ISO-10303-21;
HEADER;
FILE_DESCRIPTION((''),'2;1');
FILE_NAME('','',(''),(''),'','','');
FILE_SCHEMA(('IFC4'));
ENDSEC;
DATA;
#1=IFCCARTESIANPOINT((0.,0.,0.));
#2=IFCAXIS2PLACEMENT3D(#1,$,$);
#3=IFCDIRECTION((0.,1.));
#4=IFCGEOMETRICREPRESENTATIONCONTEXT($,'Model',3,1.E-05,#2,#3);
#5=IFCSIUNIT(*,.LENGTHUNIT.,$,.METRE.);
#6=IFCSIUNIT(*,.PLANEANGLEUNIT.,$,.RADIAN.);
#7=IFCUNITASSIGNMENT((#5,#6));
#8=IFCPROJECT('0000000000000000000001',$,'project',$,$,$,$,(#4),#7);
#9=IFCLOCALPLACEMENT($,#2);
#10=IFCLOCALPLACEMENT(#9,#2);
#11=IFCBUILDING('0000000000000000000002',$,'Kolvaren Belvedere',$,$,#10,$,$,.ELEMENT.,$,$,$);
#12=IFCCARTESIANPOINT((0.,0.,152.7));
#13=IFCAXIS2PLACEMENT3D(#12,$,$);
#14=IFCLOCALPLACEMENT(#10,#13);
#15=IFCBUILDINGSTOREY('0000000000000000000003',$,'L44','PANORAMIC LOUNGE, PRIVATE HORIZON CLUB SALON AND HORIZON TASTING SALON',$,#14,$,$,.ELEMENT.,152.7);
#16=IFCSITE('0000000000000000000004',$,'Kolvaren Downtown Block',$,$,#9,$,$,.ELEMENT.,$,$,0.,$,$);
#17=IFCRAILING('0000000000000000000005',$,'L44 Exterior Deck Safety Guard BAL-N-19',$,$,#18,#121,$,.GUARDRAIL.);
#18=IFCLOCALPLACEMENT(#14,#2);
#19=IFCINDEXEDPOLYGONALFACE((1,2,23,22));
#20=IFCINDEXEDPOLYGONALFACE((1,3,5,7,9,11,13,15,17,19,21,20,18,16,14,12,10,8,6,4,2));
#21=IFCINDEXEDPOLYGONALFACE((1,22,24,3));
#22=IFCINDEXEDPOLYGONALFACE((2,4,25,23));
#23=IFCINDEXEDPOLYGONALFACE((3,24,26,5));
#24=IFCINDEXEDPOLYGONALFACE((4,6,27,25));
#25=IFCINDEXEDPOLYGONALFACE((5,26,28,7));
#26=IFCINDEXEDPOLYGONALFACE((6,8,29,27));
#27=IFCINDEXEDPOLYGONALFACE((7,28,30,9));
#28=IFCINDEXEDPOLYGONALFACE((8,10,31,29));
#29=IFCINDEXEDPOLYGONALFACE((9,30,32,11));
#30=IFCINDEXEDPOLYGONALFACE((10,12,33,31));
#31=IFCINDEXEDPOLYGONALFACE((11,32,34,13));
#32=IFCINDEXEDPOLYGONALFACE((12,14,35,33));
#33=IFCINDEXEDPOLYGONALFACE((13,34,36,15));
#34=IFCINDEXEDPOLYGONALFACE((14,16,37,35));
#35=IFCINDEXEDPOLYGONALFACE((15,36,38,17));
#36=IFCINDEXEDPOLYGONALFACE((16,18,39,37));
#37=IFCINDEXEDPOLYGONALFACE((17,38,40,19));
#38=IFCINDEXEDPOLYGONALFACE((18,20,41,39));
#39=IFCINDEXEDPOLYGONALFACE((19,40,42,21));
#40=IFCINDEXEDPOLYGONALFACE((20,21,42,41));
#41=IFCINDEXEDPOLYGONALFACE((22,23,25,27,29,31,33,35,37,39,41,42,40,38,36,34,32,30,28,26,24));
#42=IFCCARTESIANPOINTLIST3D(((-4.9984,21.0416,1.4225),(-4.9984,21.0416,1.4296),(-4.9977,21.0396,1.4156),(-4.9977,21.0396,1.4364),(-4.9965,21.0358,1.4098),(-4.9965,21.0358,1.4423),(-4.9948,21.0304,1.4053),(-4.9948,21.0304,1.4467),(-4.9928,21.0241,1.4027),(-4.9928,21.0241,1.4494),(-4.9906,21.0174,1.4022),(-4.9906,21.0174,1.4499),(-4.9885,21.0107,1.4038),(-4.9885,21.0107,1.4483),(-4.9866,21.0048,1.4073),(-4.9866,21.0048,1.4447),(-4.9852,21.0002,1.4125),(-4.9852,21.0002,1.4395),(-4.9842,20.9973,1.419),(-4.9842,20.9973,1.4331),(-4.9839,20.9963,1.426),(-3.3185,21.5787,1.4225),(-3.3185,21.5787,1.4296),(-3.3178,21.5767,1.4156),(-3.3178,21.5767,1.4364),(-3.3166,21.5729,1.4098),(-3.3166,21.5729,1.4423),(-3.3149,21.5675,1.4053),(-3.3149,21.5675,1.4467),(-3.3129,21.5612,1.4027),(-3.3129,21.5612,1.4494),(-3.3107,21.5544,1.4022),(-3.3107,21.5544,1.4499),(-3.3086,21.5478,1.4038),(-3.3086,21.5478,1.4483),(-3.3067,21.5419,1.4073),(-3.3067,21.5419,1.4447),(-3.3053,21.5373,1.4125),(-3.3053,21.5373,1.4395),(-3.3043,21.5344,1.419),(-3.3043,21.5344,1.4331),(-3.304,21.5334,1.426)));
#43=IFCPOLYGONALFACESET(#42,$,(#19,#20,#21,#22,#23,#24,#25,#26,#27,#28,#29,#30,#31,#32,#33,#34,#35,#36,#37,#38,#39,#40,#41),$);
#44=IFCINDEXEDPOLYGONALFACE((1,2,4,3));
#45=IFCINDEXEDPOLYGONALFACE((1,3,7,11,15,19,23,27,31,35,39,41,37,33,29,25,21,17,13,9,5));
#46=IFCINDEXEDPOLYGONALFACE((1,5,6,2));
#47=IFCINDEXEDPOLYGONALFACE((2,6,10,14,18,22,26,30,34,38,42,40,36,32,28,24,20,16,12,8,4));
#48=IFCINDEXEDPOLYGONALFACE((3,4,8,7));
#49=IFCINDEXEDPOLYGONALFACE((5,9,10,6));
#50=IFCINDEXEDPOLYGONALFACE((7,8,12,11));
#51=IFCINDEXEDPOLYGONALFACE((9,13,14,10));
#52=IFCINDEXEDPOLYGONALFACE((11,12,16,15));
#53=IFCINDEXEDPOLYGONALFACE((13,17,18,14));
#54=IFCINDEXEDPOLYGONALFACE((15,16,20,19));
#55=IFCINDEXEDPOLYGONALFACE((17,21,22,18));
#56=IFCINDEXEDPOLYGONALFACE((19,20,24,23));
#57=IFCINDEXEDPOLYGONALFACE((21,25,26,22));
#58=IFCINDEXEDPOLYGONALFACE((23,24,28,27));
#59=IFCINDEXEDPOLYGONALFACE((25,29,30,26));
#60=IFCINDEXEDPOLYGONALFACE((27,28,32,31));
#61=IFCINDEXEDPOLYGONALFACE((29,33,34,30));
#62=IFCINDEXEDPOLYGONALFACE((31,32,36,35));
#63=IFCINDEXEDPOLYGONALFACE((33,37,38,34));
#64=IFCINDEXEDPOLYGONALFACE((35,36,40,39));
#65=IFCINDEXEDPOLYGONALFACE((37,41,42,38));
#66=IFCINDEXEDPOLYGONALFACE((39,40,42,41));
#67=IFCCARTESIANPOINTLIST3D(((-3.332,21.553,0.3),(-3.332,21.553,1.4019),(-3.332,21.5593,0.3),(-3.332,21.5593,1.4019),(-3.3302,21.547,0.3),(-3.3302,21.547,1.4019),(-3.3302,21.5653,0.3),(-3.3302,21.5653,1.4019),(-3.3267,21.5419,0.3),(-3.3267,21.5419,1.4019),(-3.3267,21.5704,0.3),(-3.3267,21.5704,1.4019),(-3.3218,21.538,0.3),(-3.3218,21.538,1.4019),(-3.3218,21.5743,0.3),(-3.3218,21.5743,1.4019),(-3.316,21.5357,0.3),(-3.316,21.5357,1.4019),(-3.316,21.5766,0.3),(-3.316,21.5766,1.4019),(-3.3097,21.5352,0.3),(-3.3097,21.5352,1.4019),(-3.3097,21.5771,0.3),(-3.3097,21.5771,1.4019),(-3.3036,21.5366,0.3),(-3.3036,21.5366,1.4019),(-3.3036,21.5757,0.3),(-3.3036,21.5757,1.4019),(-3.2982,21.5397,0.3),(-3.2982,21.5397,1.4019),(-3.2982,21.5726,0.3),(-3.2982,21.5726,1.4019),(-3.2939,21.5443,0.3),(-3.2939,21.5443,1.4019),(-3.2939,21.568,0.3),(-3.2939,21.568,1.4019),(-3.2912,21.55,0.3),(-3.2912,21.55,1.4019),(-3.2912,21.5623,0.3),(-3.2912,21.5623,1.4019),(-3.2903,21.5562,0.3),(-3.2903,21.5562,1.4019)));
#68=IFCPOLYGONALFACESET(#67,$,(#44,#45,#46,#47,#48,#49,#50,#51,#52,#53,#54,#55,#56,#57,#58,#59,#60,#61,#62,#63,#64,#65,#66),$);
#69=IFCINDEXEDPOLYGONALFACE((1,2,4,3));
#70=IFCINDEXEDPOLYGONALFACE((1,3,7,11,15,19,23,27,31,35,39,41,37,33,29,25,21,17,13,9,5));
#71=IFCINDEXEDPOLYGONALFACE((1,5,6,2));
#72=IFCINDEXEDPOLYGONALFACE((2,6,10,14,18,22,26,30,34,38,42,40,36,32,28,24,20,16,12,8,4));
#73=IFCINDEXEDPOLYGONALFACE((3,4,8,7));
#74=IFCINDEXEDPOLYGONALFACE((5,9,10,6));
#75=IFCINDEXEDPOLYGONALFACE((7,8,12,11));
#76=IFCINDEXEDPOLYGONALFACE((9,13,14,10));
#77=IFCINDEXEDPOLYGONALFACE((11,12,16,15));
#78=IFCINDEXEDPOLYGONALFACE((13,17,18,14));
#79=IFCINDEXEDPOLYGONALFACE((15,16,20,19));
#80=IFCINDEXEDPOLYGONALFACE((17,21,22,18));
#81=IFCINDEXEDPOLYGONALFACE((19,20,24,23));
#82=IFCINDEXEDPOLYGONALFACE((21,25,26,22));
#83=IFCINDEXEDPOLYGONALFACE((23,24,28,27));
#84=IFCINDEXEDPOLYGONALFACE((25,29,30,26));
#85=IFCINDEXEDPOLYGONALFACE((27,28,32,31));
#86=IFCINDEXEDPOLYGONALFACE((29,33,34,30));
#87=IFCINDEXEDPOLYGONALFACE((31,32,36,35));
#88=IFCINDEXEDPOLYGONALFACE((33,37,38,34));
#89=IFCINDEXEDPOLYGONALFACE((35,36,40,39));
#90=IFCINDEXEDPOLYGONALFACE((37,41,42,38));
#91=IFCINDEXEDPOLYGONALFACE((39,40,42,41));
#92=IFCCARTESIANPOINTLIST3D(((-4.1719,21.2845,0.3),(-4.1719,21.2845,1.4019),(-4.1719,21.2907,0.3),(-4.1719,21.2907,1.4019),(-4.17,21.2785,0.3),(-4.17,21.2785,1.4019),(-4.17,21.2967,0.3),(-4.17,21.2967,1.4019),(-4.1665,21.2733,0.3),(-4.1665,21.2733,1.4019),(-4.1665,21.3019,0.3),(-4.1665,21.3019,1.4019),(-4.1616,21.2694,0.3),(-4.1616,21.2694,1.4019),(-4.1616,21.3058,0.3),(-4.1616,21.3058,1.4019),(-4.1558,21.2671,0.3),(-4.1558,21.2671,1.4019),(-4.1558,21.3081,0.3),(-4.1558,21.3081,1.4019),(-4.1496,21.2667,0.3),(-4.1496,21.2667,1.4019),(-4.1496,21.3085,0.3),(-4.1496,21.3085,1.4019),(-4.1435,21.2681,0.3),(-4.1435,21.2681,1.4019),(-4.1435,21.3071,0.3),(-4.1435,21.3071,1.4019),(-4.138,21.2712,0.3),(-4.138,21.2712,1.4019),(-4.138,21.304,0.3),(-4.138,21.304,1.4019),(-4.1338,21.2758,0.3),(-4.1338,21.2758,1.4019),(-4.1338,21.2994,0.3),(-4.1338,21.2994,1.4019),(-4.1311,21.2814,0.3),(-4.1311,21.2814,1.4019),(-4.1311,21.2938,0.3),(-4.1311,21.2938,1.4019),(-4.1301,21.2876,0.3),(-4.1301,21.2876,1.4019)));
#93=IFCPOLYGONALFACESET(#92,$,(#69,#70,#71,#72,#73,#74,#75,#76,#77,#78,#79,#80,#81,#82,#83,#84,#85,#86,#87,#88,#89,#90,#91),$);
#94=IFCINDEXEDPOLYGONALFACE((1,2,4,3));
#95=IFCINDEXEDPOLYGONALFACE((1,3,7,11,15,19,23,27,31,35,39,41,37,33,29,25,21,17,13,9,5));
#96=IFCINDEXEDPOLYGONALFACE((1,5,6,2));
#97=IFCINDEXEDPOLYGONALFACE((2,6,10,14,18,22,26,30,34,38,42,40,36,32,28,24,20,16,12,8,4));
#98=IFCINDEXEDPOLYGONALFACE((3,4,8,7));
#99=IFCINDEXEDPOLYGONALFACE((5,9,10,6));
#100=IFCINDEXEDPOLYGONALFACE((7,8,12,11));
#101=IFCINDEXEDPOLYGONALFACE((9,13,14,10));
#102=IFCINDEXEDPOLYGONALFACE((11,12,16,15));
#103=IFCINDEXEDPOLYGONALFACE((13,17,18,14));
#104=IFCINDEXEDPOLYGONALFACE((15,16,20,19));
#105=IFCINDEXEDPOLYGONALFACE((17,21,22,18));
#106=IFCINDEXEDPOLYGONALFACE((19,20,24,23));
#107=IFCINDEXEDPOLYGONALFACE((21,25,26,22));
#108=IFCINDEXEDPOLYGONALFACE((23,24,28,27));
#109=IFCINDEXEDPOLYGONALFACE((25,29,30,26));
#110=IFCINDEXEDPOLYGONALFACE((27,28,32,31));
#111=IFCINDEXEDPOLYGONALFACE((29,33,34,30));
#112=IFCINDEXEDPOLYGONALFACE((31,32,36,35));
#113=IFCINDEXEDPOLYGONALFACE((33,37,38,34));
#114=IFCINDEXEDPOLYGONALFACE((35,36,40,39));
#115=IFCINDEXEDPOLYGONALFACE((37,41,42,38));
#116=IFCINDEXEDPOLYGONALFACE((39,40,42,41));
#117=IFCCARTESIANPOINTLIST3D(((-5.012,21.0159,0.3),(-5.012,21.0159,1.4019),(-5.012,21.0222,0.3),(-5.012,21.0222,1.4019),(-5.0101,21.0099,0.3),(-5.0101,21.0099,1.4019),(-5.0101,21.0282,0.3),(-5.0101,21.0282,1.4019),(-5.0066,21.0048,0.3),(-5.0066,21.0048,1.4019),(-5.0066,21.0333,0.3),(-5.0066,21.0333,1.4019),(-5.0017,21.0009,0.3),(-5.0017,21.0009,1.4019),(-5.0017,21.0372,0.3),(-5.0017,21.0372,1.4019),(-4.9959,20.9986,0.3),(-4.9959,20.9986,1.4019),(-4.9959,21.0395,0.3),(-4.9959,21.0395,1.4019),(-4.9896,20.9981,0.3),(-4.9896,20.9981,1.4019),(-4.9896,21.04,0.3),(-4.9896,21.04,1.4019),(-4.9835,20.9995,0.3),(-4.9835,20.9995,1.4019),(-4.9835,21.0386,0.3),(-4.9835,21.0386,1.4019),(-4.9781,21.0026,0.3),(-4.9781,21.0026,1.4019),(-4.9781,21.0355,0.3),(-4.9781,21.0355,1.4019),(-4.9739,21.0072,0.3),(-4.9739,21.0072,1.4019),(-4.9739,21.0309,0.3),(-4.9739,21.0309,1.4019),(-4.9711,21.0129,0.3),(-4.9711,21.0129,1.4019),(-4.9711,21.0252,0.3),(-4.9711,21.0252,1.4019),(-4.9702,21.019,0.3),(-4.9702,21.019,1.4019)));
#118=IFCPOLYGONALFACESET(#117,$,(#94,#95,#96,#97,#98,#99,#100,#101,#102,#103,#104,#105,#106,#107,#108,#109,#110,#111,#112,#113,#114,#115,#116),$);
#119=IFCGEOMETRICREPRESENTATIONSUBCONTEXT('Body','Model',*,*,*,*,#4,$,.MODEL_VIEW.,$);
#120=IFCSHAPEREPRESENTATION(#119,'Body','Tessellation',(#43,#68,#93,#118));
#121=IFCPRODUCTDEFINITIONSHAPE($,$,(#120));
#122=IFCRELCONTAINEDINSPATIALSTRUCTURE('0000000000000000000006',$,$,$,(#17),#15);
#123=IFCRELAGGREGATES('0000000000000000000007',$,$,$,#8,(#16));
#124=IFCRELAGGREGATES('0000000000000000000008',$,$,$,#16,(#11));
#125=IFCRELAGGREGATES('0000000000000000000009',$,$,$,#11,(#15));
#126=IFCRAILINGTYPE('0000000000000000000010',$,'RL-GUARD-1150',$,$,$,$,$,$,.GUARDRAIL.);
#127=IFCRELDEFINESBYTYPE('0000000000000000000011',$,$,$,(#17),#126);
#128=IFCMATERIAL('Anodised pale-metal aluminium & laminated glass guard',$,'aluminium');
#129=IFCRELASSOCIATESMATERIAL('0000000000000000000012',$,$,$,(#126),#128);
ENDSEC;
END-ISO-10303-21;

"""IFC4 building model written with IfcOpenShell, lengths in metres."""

from ifc_helpers import new_model, si_unit, direction, frame, origin, origin_2d, place, context, subcontext, project, spatial, circle, extrude, material, type_object, element, save


model = new_model("IFC4")

# Units and contexts
model_context = context("Model", 3, precision=1e-05, world=origin(), true_north=direction((0.0, 1.0)))
body_context = subcontext(model_context, "Body", "Model", "MODEL_VIEW")
ifc_project = project(units=[si_unit("LENGTHUNIT", "METRE"), si_unit("PLANEANGLEUNIT", "RADIAN")], contexts=[model_context])

# Site, building, storey
site_placement = place(None, origin())
site = spatial("IfcSite", under=ifc_project, at=site_placement, Name="Kolvaren Downtown Block", CompositionType="ELEMENT", RefElevation=0.0)
building_placement = place(site_placement, origin())
building = spatial("IfcBuilding", under=site, at=building_placement, Name="Kolvaren Belvedere", CompositionType="ELEMENT")
storey_placement = place(building_placement, frame((0.0, 0.0, 152.7)))
storey = spatial("IfcBuildingStorey", under=building, at=storey_placement, Name="L44", Description="PANORAMIC LOUNGE, PRIVATE HORIZON CLUB SALON AND HORIZON TASTING SALON", CompositionType="ELEMENT", Elevation=152.7)

# Railing
ifc_material_1 = material(Name="Anodised pale-metal aluminium & laminated glass guard", Category="aluminium")
railing_type = type_object("IfcRailingType", Name="RL-GUARD-1150", PredefinedType="GUARDRAIL", material=ifc_material_1)
railing_1_placement = place(storey_placement, frame((-3.3113, 21.5562, 0.3)))
element("IfcRailing", 1, at=railing_1_placement, inside=storey, type_object=railing_type, Name="L44 Exterior Deck Safety Guard BAL-N-19", PredefinedType="GUARDRAIL", context=body_context, shape_type="SweptSolid", body=[
    extrude(circle(Radius=0.0239, at=origin_2d()), frame((0.0, 0.0, 1.126), z_axis=(-0.952501, -0.304535, 0.0), x_axis=(0.304535, -0.952501, 0.0)), (0.0, 0.0, 1.0), 1.7637),
    extrude(circle(Radius=0.021, at=origin_2d()), origin(), (0.0, 0.0, 1.0), 1.1018),
    extrude(circle(Radius=0.021, at=origin_2d()), frame((-0.8398, -0.2686, 0.0)), (0.0, 0.0, 1.0), 1.1018),
    extrude(circle(Radius=0.021, at=origin_2d()), frame((-1.6799, -0.5371, 0.0)), (0.0, 0.0, 1.0), 1.1018),
])

save(model, "model.ifc")
